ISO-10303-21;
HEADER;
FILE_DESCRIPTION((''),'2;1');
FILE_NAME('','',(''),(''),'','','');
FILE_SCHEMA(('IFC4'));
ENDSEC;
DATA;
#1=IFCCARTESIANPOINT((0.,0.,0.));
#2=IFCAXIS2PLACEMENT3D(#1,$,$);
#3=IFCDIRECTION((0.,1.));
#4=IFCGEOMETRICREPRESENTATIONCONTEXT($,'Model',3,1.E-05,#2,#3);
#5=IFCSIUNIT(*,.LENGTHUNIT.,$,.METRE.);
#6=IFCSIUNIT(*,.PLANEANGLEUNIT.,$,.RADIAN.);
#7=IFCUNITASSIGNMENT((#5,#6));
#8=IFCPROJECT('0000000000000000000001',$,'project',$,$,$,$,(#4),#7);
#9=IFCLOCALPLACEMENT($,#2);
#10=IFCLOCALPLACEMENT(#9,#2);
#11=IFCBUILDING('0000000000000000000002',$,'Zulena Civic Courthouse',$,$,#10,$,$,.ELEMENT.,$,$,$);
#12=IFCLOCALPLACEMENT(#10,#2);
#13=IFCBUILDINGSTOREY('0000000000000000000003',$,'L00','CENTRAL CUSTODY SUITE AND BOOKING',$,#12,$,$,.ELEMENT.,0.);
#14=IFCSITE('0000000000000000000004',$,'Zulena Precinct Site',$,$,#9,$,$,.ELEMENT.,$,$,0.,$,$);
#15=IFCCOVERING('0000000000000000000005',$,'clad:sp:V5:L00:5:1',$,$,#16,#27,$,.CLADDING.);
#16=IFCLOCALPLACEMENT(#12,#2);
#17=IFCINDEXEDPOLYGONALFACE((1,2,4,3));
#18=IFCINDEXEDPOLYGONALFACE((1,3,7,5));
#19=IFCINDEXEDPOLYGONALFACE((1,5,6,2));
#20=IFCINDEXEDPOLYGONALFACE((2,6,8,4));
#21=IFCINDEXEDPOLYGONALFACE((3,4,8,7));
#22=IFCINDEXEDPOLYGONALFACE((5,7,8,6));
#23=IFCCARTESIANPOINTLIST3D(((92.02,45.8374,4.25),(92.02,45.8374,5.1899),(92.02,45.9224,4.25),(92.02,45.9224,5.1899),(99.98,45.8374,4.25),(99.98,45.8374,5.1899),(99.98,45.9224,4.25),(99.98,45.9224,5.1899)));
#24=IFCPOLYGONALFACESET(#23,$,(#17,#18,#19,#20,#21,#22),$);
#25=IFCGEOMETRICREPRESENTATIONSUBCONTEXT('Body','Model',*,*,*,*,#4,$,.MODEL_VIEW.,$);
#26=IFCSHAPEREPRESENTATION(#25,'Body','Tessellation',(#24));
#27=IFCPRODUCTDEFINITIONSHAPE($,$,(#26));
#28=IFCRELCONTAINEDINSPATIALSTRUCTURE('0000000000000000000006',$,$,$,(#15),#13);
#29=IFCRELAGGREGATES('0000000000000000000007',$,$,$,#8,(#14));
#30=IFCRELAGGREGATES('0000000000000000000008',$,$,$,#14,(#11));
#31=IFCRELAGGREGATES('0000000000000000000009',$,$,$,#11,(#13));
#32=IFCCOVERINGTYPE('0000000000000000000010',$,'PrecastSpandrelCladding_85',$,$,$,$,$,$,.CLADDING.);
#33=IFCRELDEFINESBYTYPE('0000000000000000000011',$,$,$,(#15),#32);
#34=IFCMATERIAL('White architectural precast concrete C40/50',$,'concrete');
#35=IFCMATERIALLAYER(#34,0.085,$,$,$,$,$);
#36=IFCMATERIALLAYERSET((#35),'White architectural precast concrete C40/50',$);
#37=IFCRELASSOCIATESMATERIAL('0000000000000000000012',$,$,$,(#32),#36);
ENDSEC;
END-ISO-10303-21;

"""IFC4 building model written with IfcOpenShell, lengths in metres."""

from ifc_helpers import new_model, si_unit, direction, frame, origin, origin_2d, place, context, subcontext, project, spatial, rectangle, extrude, material, layer, layer_set, type_object, element, save


model = new_model("IFC4")

# Units and contexts
model_context = context("Model", 3, precision=1e-05, world=origin(), true_north=direction((0.0, 1.0)))
body_context = subcontext(model_context, "Body", "Model", "MODEL_VIEW")
ifc_project = project(units=[si_unit("LENGTHUNIT", "METRE"), si_unit("PLANEANGLEUNIT", "RADIAN")], contexts=[model_context])

# Site, building, storey
site_placement = place(None, origin())
site = spatial("IfcSite", under=ifc_project, at=site_placement, Name="Zulena Precinct Site", CompositionType="ELEMENT", RefElevation=0.0)
building_placement = place(site_placement, origin())
building = spatial("IfcBuilding", under=site, at=building_placement, Name="Zulena Civic Courthouse", CompositionType="ELEMENT")
storey_placement = place(building_placement, origin())
storey = spatial("IfcBuildingStorey", under=building, at=storey_placement, Name="L00", Description="CENTRAL CUSTODY SUITE AND BOOKING", CompositionType="ELEMENT", Elevation=0.0)

# Covering
ifc_material_1 = material(Name="White architectural precast concrete C40/50", Category="concrete")
ifc_layer_1 = layer(ifc_material_1, 0.085)
ifc_layer_set_1 = layer_set([ifc_layer_1], Name="White architectural precast concrete C40/50")
covering_type = type_object("IfcCoveringType", Name="PrecastSpandrelCladding_85", PredefinedType="CLADDING", material=ifc_layer_set_1)
for number, where, z_axis, x_axis, name in (
    (1, (96.0, 45.8799, 4.25), (0.0, 0.0, 1.0), (-1.0, 0.0, 0.0), "clad:sp:V5:L00:5:1"),
):
    element("IfcCovering", number, at=place(storey_placement, frame(where, z_axis=z_axis, x_axis=x_axis)), inside=storey, type_object=covering_type, Name=name, PredefinedType="CLADDING", context=body_context, shape_type="SweptSolid", body=[
        extrude(rectangle(XDim=7.96, YDim=0.085, at=origin_2d()), origin(), (0.0, 0.0, 1.0), 0.9399),
    ])

save(model, "model.ifc")
